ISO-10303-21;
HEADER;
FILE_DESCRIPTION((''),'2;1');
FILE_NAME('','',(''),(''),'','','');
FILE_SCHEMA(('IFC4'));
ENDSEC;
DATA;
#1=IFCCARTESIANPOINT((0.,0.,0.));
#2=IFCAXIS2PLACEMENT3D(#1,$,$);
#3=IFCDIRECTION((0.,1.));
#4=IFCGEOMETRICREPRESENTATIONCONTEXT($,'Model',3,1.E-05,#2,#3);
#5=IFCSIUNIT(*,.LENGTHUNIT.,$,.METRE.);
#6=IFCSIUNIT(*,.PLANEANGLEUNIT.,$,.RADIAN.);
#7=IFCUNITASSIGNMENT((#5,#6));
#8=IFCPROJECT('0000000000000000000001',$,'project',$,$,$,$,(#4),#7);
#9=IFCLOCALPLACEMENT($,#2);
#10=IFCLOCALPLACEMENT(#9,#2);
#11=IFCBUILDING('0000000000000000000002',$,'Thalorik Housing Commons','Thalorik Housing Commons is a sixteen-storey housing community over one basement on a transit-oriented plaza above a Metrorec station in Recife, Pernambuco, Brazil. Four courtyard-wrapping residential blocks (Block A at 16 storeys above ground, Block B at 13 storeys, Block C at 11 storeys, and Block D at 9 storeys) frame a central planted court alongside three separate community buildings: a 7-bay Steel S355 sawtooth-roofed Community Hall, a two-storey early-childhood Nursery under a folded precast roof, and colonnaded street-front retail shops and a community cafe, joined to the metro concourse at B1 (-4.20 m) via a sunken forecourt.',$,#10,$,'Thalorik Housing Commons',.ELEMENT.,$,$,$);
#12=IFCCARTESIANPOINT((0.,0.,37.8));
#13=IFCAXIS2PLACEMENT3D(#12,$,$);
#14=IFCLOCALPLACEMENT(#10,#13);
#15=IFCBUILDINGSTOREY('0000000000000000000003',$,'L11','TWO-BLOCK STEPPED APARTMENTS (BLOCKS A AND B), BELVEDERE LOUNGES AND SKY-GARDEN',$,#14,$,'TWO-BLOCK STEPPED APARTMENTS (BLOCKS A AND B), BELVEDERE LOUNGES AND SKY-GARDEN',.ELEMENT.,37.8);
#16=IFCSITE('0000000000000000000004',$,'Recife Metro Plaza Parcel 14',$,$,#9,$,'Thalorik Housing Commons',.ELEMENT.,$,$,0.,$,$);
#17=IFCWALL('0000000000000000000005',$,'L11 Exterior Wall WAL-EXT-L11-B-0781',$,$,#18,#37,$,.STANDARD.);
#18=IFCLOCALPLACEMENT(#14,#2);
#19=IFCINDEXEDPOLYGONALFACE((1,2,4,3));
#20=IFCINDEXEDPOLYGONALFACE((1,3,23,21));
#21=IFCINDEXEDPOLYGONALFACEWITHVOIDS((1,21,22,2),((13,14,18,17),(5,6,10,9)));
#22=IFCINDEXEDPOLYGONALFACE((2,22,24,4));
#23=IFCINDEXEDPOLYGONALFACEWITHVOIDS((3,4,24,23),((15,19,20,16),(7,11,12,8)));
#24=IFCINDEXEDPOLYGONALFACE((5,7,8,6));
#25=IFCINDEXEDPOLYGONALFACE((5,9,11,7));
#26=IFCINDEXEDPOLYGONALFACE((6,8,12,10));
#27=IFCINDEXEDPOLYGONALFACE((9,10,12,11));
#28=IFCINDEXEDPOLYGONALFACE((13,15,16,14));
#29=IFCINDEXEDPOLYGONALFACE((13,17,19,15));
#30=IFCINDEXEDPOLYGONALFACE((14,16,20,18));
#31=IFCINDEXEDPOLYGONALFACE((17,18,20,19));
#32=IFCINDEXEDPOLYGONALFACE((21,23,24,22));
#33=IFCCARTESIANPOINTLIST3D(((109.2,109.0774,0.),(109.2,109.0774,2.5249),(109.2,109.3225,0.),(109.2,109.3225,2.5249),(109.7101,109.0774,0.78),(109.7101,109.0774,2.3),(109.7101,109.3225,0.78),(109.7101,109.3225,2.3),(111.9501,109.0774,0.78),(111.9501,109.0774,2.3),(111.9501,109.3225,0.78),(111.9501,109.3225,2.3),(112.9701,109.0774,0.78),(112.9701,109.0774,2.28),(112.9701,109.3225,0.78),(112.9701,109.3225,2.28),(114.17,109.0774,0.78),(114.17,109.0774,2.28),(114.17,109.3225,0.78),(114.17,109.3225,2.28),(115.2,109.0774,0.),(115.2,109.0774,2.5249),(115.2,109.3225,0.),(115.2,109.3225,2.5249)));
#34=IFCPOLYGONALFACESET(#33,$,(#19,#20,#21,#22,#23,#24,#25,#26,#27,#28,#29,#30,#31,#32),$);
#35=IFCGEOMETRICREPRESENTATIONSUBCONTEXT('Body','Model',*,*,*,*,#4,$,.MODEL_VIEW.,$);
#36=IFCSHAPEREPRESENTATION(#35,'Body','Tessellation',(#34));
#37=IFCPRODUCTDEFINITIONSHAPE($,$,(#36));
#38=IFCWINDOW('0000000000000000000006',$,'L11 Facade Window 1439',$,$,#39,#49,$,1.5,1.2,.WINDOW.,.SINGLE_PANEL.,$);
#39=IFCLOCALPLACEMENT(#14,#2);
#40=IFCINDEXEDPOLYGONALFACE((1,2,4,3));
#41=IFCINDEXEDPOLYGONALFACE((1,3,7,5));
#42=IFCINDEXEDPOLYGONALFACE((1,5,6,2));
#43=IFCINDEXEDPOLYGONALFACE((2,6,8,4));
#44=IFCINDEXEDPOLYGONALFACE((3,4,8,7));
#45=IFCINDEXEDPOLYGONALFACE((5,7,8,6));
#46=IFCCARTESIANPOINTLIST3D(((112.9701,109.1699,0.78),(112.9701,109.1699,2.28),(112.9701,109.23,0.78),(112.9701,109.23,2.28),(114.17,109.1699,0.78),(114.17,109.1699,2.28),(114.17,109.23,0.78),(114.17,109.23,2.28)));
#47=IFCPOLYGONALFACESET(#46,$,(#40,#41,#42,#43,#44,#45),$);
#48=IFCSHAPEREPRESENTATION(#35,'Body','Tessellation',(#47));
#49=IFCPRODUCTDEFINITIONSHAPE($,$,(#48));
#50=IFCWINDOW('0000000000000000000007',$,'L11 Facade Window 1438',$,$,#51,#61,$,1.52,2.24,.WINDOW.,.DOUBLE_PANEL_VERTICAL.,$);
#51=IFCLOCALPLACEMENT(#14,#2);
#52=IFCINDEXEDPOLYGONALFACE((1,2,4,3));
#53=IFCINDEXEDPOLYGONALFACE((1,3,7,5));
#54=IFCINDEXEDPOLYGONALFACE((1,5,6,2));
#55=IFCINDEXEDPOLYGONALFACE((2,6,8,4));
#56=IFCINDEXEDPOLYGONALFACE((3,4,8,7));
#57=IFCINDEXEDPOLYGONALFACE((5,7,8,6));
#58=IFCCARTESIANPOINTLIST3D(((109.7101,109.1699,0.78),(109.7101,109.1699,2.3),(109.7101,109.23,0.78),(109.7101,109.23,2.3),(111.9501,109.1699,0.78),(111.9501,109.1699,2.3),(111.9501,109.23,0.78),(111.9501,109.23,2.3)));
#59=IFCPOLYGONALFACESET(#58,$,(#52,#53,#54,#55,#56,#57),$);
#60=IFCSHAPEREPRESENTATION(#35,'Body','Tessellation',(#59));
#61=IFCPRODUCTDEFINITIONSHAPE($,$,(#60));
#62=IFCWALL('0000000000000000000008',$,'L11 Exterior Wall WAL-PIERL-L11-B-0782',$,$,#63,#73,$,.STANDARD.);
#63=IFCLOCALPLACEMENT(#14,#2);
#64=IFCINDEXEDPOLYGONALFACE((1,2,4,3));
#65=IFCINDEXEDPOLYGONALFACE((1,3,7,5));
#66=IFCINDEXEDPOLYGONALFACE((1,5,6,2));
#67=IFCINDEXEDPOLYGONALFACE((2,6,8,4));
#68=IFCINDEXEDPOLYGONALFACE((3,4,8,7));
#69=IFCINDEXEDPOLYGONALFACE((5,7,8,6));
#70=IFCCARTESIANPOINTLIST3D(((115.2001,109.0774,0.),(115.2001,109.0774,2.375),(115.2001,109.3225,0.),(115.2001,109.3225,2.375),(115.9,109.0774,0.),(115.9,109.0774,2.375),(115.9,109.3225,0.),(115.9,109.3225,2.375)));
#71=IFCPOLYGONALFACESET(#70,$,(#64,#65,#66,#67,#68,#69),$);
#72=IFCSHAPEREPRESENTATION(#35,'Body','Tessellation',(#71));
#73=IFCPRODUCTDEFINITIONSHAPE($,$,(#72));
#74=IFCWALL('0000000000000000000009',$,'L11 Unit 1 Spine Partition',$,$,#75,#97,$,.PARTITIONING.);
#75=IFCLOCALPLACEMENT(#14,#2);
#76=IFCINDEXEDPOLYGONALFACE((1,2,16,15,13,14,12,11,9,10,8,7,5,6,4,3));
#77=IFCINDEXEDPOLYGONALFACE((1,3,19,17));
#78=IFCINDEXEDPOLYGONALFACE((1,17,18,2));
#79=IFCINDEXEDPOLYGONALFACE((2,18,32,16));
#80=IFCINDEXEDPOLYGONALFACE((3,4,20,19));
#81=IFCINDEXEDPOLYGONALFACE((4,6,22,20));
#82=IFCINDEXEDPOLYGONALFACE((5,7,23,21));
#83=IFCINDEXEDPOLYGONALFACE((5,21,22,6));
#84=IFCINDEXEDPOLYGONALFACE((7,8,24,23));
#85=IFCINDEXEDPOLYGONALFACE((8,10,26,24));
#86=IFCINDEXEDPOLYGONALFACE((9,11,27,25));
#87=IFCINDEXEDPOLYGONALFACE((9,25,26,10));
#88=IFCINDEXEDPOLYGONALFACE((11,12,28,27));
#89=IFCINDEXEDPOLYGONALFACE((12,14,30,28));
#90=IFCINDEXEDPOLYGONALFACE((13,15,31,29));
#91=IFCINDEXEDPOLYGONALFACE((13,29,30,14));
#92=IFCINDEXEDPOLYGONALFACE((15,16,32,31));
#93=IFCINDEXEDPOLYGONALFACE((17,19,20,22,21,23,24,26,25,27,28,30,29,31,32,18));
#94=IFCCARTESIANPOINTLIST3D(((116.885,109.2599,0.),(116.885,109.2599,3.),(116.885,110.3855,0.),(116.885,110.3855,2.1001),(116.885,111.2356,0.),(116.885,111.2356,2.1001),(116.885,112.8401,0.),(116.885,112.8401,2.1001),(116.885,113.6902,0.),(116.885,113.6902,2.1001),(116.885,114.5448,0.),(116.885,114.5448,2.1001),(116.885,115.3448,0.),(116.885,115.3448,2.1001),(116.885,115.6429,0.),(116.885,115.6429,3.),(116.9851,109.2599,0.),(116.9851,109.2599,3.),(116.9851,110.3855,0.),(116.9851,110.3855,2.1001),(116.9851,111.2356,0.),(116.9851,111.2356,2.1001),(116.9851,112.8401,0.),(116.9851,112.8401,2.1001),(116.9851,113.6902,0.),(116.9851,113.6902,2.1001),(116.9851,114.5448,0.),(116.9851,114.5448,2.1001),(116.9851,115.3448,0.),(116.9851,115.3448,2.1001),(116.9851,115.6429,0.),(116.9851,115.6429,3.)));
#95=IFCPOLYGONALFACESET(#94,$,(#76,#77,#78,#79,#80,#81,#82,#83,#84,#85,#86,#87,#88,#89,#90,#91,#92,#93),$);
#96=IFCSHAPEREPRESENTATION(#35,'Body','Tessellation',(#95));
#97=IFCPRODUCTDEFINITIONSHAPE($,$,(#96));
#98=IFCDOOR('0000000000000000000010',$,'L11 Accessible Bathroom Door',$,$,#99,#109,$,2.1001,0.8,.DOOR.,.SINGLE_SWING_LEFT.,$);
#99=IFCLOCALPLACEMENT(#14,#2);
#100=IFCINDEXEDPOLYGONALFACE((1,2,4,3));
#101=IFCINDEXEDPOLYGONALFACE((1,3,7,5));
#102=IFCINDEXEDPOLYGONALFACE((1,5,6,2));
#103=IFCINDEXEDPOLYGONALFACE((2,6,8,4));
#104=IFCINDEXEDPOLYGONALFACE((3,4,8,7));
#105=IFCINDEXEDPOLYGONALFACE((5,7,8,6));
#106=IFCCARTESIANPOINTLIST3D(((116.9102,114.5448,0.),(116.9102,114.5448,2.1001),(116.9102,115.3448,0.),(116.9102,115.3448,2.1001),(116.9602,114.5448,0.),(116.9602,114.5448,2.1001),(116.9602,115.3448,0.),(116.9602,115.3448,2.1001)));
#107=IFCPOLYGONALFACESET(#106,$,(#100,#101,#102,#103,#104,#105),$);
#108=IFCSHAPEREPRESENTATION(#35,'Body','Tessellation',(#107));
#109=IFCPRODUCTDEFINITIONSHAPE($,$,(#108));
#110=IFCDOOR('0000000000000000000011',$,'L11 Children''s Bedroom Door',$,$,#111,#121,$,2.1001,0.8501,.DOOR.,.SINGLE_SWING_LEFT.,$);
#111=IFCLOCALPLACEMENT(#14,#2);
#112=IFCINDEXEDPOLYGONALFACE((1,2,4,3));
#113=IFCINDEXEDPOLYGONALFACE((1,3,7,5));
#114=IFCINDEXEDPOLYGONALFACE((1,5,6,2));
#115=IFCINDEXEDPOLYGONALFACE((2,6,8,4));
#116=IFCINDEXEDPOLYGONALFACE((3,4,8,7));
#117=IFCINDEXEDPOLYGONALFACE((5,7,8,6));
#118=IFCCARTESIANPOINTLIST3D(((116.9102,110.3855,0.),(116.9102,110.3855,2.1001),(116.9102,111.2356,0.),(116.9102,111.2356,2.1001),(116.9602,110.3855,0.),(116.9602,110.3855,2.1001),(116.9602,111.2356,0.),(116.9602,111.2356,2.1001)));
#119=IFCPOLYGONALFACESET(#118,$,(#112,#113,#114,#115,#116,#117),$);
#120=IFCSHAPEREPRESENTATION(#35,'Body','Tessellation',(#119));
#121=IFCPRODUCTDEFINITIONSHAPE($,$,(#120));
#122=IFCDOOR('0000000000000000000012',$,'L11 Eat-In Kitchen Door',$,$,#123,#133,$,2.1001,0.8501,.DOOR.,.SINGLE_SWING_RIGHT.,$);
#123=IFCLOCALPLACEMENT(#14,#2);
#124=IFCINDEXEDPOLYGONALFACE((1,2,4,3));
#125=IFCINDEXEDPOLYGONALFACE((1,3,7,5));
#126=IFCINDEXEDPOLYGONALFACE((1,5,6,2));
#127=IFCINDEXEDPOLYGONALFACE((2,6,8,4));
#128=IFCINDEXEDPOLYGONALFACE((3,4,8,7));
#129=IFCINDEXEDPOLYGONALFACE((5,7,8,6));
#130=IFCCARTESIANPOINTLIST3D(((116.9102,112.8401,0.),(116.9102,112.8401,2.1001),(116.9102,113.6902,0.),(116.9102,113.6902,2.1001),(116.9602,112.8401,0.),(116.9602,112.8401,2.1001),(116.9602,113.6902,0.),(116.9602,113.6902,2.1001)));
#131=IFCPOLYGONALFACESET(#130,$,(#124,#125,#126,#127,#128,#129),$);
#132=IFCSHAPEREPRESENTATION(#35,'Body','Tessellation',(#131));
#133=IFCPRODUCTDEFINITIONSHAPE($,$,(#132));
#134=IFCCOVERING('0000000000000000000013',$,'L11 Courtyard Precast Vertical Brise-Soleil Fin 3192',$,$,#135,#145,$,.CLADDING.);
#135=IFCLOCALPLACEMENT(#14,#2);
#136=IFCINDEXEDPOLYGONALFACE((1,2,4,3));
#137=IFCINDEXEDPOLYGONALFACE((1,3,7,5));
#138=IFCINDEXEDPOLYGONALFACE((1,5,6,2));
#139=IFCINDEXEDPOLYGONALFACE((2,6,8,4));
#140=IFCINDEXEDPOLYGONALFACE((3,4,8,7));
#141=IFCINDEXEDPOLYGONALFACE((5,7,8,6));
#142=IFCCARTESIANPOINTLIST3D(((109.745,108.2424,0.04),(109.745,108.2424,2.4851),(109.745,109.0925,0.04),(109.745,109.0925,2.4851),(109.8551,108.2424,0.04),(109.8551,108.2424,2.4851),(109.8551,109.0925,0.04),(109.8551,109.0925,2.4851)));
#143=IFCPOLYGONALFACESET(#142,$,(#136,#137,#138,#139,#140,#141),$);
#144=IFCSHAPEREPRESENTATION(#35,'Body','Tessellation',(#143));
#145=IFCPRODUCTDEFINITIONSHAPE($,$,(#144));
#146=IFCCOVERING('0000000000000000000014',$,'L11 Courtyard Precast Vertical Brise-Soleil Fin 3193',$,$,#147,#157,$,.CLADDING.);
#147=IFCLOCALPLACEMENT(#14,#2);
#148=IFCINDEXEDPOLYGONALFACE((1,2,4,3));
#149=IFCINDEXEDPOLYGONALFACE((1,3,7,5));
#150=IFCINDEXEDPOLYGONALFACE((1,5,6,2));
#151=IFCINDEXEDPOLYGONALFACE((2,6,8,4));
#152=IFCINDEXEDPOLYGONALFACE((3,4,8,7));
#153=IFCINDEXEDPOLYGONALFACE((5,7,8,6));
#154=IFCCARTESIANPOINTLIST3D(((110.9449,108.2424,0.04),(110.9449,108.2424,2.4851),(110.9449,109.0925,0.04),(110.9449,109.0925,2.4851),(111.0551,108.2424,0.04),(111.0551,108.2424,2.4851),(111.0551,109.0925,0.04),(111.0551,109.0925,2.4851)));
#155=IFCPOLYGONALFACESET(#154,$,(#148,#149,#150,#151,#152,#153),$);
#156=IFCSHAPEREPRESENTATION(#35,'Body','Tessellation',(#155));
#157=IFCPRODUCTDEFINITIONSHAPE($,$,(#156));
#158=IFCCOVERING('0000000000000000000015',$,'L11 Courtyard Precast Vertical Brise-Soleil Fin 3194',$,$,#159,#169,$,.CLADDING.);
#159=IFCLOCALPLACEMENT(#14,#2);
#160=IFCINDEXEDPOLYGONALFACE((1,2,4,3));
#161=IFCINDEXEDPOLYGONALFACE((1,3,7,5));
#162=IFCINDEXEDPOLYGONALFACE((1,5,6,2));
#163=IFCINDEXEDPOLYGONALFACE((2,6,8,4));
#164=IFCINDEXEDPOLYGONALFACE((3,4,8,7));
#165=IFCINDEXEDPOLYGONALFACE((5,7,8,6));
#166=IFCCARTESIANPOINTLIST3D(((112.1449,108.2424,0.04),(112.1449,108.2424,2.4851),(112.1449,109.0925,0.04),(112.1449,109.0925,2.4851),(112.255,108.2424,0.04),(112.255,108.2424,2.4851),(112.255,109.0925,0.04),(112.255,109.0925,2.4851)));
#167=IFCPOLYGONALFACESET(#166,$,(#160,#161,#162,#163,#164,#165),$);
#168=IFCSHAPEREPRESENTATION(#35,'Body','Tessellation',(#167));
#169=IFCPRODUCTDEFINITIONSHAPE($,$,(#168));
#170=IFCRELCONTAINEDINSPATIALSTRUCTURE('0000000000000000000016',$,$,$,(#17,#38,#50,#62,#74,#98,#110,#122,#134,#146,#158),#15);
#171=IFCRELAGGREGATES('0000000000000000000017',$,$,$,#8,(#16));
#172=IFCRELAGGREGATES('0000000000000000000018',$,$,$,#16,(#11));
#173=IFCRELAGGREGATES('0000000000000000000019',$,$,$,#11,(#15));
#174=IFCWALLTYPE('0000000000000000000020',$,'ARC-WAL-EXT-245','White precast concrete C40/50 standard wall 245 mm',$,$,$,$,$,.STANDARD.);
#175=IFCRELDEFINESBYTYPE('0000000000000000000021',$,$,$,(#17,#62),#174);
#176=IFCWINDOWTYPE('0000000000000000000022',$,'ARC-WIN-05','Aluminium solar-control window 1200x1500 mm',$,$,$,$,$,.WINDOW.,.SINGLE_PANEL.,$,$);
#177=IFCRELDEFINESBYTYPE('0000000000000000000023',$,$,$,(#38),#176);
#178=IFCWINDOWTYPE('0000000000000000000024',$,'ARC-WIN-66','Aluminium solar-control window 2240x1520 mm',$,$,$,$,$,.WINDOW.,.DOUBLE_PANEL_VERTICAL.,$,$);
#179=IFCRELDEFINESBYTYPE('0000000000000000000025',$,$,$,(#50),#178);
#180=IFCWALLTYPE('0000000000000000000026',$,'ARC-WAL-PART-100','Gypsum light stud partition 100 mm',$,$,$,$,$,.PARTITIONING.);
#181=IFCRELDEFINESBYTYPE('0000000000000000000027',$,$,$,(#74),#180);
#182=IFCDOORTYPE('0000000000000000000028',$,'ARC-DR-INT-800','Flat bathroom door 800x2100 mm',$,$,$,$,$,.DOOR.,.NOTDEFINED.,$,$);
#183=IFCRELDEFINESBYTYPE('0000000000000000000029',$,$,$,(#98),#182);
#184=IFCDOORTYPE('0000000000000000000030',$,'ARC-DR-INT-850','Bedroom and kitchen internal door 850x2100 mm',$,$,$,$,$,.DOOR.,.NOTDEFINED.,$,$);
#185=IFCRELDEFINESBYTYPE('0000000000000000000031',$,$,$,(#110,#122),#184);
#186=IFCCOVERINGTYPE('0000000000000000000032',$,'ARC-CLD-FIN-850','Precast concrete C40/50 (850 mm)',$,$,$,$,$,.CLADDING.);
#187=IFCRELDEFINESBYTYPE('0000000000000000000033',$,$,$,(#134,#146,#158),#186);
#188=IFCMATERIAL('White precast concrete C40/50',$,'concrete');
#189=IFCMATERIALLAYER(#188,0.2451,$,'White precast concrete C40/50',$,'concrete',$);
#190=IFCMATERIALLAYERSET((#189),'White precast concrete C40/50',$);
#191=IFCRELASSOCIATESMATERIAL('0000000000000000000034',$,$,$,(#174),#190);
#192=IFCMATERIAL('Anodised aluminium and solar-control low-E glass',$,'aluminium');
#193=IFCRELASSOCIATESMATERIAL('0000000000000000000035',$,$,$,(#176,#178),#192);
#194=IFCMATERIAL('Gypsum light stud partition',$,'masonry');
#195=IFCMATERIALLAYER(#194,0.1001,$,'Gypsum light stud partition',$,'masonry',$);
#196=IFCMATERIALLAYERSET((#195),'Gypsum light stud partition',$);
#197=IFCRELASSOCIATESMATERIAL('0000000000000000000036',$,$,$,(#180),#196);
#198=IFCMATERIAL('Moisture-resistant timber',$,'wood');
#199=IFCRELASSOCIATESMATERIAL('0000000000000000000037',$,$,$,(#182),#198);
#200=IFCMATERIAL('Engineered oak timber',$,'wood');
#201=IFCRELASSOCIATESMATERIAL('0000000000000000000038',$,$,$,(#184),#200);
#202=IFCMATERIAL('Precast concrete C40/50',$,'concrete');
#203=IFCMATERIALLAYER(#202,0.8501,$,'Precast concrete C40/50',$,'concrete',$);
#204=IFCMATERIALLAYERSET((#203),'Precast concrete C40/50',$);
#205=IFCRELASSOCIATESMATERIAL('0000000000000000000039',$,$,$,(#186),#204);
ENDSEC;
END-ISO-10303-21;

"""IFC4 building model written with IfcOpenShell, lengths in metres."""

from ifc_helpers import new_model, si_unit, direction, frame, frame_2d, origin, origin_2d, place, context, subcontext, project, spatial, rectangle, extrude, material, layer, layer_set, type_object, element, fill, save


model = new_model("IFC4")

# Units and contexts
model_context = context("Model", 3, precision=1e-05, world=origin(), true_north=direction((0.0, 1.0)))
body_context = subcontext(model_context, "Body", "Model", "MODEL_VIEW")
ifc_project = project(units=[si_unit("LENGTHUNIT", "METRE"), si_unit("PLANEANGLEUNIT", "RADIAN")], contexts=[model_context])

# Site, building, storey
site_placement = place(None, origin())
site = spatial("IfcSite", under=ifc_project, at=site_placement, Name="Recife Metro Plaza Parcel 14", LongName="Thalorik Housing Commons", CompositionType="ELEMENT", RefElevation=0.0)
building_placement = place(site_placement, origin())
building = spatial("IfcBuilding", under=site, at=building_placement, Name="Thalorik Housing Commons", Description="Thalorik Housing Commons is a sixteen-storey housing community over one basement on a transit-oriented plaza above a Metrorec station in Recife, Pernambuco, Brazil. Four courtyard-wrapping residential blocks (Block A at 16 storeys above ground, Block B at 13 storeys, Block C at 11 storeys, and Block D at 9 storeys) frame a central planted court alongside three separate community buildings: a 7-bay Steel S355 sawtooth-roofed Community Hall, a two-storey early-childhood Nursery under a folded precast roof, and colonnaded street-front retail shops and a community cafe, joined to the metro concourse at B1 (-4.20 m) via a sunken forecourt.", LongName="Thalorik Housing Commons", CompositionType="ELEMENT")
storey_placement = place(building_placement, frame((0.0, 0.0, 37.8)))
storey = spatial("IfcBuildingStorey", under=building, at=storey_placement, Name="L11", Description="TWO-BLOCK STEPPED APARTMENTS (BLOCKS A AND B), BELVEDERE LOUNGES AND SKY-GARDEN", LongName="TWO-BLOCK STEPPED APARTMENTS (BLOCKS A AND B), BELVEDERE LOUNGES AND SKY-GARDEN", CompositionType="ELEMENT", Elevation=37.8)

# Shared definitions
ifc_material_1 = material(Name="Precast concrete C40/50", Category="concrete")

# Shared definitions
ifc_material_2 = material(Name="Anodised aluminium and solar-control low-E glass", Category="aluminium")

# Shared definitions
ifc_material_3 = material(Name="White precast concrete C40/50", Category="concrete")
ifc_layer_1 = layer(ifc_material_3, 0.2451, Name="White precast concrete C40/50", Category="concrete")
ifc_layer_set_1 = layer_set([ifc_layer_1], Name="White precast concrete C40/50")
wall_type_1 = type_object("IfcWallType", Name="ARC-WAL-EXT-245", Description="White precast concrete C40/50 standard wall 245 mm", PredefinedType="STANDARD", material=ifc_layer_set_1)

# Wall, openings, windows
wall_1_placement = place(storey_placement, frame((109.2, 109.2, 0.0), z_axis=(0.0, 0.0, 1.0), x_axis=(1.0, 0.0, 0.0)))
wall_1 = element("IfcWall", 1, at=wall_1_placement, inside=storey, type_object=wall_type_1, Name="L11 Exterior Wall WAL-EXT-L11-B-0781", PredefinedType="STANDARD", context=body_context, shape_type="SweptSolid", body=[
    extrude(rectangle(XDim=6.0, YDim=0.2451, at=frame_2d((3.0, 0.0))), origin(), (0.0, 0.0, 1.0), 2.5249),
])
opening_1_placement = place(wall_1_placement, frame((0.51, 0.0, 0.78)))
opening_1 = element("IfcOpeningElement", 2, at=opening_1_placement, cuts=wall_1, PredefinedType="OPENING", context=body_context, shape_type="SweptSolid", body=[
    extrude(rectangle(XDim=2.24, YDim=1.52, at=frame_2d((1.1201, 0.76))), frame((0.0, 0.1326, 0.0), z_axis=(0.0, -1.0, 0.0), x_axis=(1.0, 0.0, 0.0)), (0.0, 0.0, 1.0), 0.2651),
])
opening_2_placement = place(wall_1_placement, frame((3.77, 0.0, 0.78)))
opening_2 = element("IfcOpeningElement", 3, at=opening_2_placement, cuts=wall_1, PredefinedType="OPENING", context=body_context, shape_type="SweptSolid", body=[
    extrude(rectangle(XDim=1.2, YDim=1.5, at=frame_2d((0.6001, 0.75))), frame((0.0, 0.1326, 0.0), z_axis=(0.0, -1.0, 0.0), x_axis=(1.0, 0.0, 0.0)), (0.0, 0.0, 1.0), 0.2651),
])
window_type_1 = type_object("IfcWindowType", Name="ARC-WIN-05", Description="Aluminium solar-control window 1200x1500 mm", PartitioningType="SINGLE_PANEL", PredefinedType="WINDOW", material=ifc_material_2)
window_1_placement = place(opening_2_placement, origin())
window_1 = element("IfcWindow", 4, at=window_1_placement, inside=storey, type_object=window_type_1, Name="L11 Facade Window 1439", OverallHeight=1.5, OverallWidth=1.2, PartitioningType="SINGLE_PANEL", PredefinedType="WINDOW", context=body_context, shape_type="SweptSolid", body=[
    extrude(rectangle(XDim=1.2, YDim=1.5, at=frame_2d((0.6001, 0.75))), frame((0.0, 0.03, 0.0), z_axis=(0.0, -1.0, 0.0), x_axis=(1.0, 0.0, 0.0)), (0.0, 0.0, 1.0), 0.0601),
])
fill(opening_2, window_1)
window_type_2 = type_object("IfcWindowType", Name="ARC-WIN-66", Description="Aluminium solar-control window 2240x1520 mm", PartitioningType="DOUBLE_PANEL_VERTICAL", PredefinedType="WINDOW", material=ifc_material_2)
window_2_placement = place(opening_1_placement, origin())
window_2 = element("IfcWindow", 5, at=window_2_placement, inside=storey, type_object=window_type_2, Name="L11 Facade Window 1438", OverallHeight=1.52, OverallWidth=2.24, PartitioningType="DOUBLE_PANEL_VERTICAL", PredefinedType="WINDOW", context=body_context, shape_type="SweptSolid", body=[
    extrude(rectangle(XDim=2.24, YDim=1.52, at=frame_2d((1.1201, 0.76))), frame((0.0, 0.03, 0.0), z_axis=(0.0, -1.0, 0.0), x_axis=(1.0, 0.0, 0.0)), (0.0, 0.0, 1.0), 0.0601),
])
fill(opening_1, window_2)

# Wall
wall_2_placement = place(storey_placement, frame((115.2, 109.2, 0.0), z_axis=(0.0, 0.0, 1.0), x_axis=(1.0, 0.0, 0.0)))
element("IfcWall", 6, at=wall_2_placement, inside=storey, type_object=wall_type_1, Name="L11 Exterior Wall WAL-PIERL-L11-B-0782", PredefinedType="STANDARD", context=body_context, shape_type="SweptSolid", body=[
    extrude(rectangle(XDim=0.7, YDim=0.2451, at=frame_2d((0.3501, 0.0))), origin(), (0.0, 0.0, 1.0), 2.375),
])

# Wall, openings, doors
ifc_material_4 = material(Name="Gypsum light stud partition", Category="masonry")
ifc_layer_2 = layer(ifc_material_4, 0.1001, Name="Gypsum light stud partition", Category="masonry")
ifc_layer_set_2 = layer_set([ifc_layer_2], Name="Gypsum light stud partition")
wall_type_2 = type_object("IfcWallType", Name="ARC-WAL-PART-100", Description="Gypsum light stud partition 100 mm", PredefinedType="PARTITIONING", material=ifc_layer_set_2)
wall_3_placement = place(storey_placement, frame((116.9351, 109.26, 0.0), z_axis=(0.0, 0.0, 1.0), x_axis=(0.0, 1.0, 0.0)))
wall_3 = element("IfcWall", 7, at=wall_3_placement, inside=storey, type_object=wall_type_2, Name="L11 Unit 1 Spine Partition", PredefinedType="PARTITIONING", context=body_context, shape_type="SweptSolid", body=[
    extrude(rectangle(XDim=6.3831, YDim=0.1001, at=frame_2d((3.1914, 0.0))), origin(), (0.0, 0.0, 1.0), 3.0),
])
opening_3_placement = place(wall_3_placement, frame((1.1255, 0.0, 0.0)))
opening_3 = element("IfcOpeningElement", 8, at=opening_3_placement, cuts=wall_3, PredefinedType="OPENING", context=body_context, shape_type="SweptSolid", body=[
    extrude(rectangle(XDim=0.8501, YDim=2.1001, at=frame_2d((0.425, 1.05))), frame((0.0, 0.0601, 0.0), z_axis=(0.0, -1.0, 0.0), x_axis=(1.0, 0.0, 0.0)), (0.0, 0.0, 1.0), 0.1201),
])
opening_4_placement = place(wall_3_placement, frame((3.5801, 0.0, 0.0)))
opening_4 = element("IfcOpeningElement", 9, at=opening_4_placement, cuts=wall_3, PredefinedType="OPENING", context=body_context, shape_type="SweptSolid", body=[
    extrude(rectangle(XDim=0.8501, YDim=2.1001, at=frame_2d((0.425, 1.05))), frame((0.0, 0.0601, 0.0), z_axis=(0.0, -1.0, 0.0), x_axis=(1.0, 0.0, 0.0)), (0.0, 0.0, 1.0), 0.1201),
])
opening_5_placement = place(wall_3_placement, frame((5.2849, 0.0, 0.0)))
opening_5 = element("IfcOpeningElement", 10, at=opening_5_placement, cuts=wall_3, PredefinedType="OPENING", context=body_context, shape_type="SweptSolid", body=[
    extrude(rectangle(XDim=0.8, YDim=2.1001, at=frame_2d((0.3999, 1.05))), frame((0.0, 0.0601, 0.0), z_axis=(0.0, -1.0, 0.0), x_axis=(1.0, 0.0, 0.0)), (0.0, 0.0, 1.0), 0.1201),
])
ifc_material_5 = material(Name="Moisture-resistant timber", Category="wood")
door_type_1 = type_object("IfcDoorType", Name="ARC-DR-INT-800", Description="Flat bathroom door 800x2100 mm", OperationType="NOTDEFINED", PredefinedType="DOOR", material=ifc_material_5)
door_1_placement = place(opening_5_placement, origin())
door_1 = element("IfcDoor", 11, at=door_1_placement, inside=storey, type_object=door_type_1, Name="L11 Accessible Bathroom Door", OperationType="SINGLE_SWING_LEFT", OverallHeight=2.1001, OverallWidth=0.8, PredefinedType="DOOR", context=body_context, shape_type="SweptSolid", body=[
    extrude(rectangle(XDim=0.8, YDim=2.1001, at=frame_2d((0.3999, 1.05))), frame((0.0, 0.0249, 0.0), z_axis=(0.0, -1.0, 0.0), x_axis=(1.0, 0.0, 0.0)), (0.0, 0.0, 1.0), 0.05),
])
fill(opening_5, door_1)
ifc_material_6 = material(Name="Engineered oak timber", Category="wood")
door_type_2 = type_object("IfcDoorType", Name="ARC-DR-INT-850", Description="Bedroom and kitchen internal door 850x2100 mm", OperationType="NOTDEFINED", PredefinedType="DOOR", material=ifc_material_6)
door_2_placement = place(opening_3_placement, origin())
door_2 = element("IfcDoor", 12, at=door_2_placement, inside=storey, type_object=door_type_2, Name="L11 Children's Bedroom Door", OperationType="SINGLE_SWING_LEFT", OverallHeight=2.1001, OverallWidth=0.8501, PredefinedType="DOOR", context=body_context, shape_type="SweptSolid", body=[
    extrude(rectangle(XDim=0.8501, YDim=2.1001, at=frame_2d((0.425, 1.05))), frame((0.0, 0.0249, 0.0), z_axis=(0.0, -1.0, 0.0), x_axis=(1.0, 0.0, 0.0)), (0.0, 0.0, 1.0), 0.05),
])
fill(opening_3, door_2)
door_3_placement = place(opening_4_placement, origin())
door_3 = element("IfcDoor", 13, at=door_3_placement, inside=storey, type_object=door_type_2, Name="L11 Eat-In Kitchen Door", OperationType="SINGLE_SWING_RIGHT", OverallHeight=2.1001, OverallWidth=0.8501, PredefinedType="DOOR", context=body_context, shape_type="SweptSolid", body=[
    extrude(rectangle(XDim=0.8501, YDim=2.1001, at=frame_2d((0.425, 1.05))), frame((0.0, 0.0249, 0.0), z_axis=(0.0, -1.0, 0.0), x_axis=(1.0, 0.0, 0.0)), (0.0, 0.0, 1.0), 0.05),
])
fill(opening_4, door_3)

# Coverings
ifc_layer_3 = layer(ifc_material_1, 0.8501, Name="Precast concrete C40/50", Category="concrete")
ifc_layer_set_3 = layer_set([ifc_layer_3], Name="Precast concrete C40/50")
covering_type_1 = type_object("IfcCoveringType", Name="ARC-CLD-FIN-850", Description="Precast concrete C40/50 (850 mm)", PredefinedType="CLADDING", material=ifc_layer_set_3)
for number, where, z_axis, x_axis, name in (
    (14, (109.8, 108.6675, 0.04), (0.0, 0.0, 1.0), (1.0, 0.0, 0.0), "L11 Courtyard Precast Vertical Brise-Soleil Fin 3192"),
    (15, (111.0, 108.6675, 0.04), (0.0, 0.0, 1.0), (1.0, 0.0, 0.0), "L11 Courtyard Precast Vertical Brise-Soleil Fin 3193"),
    (16, (112.2, 108.6675, 0.04), (0.0, 0.0, 1.0), (1.0, 0.0, 0.0), "L11 Courtyard Precast Vertical Brise-Soleil Fin 3194"),
):
    element("IfcCovering", number, at=place(storey_placement, frame(where, z_axis=z_axis, x_axis=x_axis)), inside=storey, type_object=covering_type_1, Name=name, PredefinedType="CLADDING", context=body_context, shape_type="SweptSolid", body=[
        extrude(rectangle(XDim=0.1101, YDim=0.8501, at=origin_2d()), origin(), (0.0, 0.0, 1.0), 2.4451),
    ])

save(model, "model.ifc")
